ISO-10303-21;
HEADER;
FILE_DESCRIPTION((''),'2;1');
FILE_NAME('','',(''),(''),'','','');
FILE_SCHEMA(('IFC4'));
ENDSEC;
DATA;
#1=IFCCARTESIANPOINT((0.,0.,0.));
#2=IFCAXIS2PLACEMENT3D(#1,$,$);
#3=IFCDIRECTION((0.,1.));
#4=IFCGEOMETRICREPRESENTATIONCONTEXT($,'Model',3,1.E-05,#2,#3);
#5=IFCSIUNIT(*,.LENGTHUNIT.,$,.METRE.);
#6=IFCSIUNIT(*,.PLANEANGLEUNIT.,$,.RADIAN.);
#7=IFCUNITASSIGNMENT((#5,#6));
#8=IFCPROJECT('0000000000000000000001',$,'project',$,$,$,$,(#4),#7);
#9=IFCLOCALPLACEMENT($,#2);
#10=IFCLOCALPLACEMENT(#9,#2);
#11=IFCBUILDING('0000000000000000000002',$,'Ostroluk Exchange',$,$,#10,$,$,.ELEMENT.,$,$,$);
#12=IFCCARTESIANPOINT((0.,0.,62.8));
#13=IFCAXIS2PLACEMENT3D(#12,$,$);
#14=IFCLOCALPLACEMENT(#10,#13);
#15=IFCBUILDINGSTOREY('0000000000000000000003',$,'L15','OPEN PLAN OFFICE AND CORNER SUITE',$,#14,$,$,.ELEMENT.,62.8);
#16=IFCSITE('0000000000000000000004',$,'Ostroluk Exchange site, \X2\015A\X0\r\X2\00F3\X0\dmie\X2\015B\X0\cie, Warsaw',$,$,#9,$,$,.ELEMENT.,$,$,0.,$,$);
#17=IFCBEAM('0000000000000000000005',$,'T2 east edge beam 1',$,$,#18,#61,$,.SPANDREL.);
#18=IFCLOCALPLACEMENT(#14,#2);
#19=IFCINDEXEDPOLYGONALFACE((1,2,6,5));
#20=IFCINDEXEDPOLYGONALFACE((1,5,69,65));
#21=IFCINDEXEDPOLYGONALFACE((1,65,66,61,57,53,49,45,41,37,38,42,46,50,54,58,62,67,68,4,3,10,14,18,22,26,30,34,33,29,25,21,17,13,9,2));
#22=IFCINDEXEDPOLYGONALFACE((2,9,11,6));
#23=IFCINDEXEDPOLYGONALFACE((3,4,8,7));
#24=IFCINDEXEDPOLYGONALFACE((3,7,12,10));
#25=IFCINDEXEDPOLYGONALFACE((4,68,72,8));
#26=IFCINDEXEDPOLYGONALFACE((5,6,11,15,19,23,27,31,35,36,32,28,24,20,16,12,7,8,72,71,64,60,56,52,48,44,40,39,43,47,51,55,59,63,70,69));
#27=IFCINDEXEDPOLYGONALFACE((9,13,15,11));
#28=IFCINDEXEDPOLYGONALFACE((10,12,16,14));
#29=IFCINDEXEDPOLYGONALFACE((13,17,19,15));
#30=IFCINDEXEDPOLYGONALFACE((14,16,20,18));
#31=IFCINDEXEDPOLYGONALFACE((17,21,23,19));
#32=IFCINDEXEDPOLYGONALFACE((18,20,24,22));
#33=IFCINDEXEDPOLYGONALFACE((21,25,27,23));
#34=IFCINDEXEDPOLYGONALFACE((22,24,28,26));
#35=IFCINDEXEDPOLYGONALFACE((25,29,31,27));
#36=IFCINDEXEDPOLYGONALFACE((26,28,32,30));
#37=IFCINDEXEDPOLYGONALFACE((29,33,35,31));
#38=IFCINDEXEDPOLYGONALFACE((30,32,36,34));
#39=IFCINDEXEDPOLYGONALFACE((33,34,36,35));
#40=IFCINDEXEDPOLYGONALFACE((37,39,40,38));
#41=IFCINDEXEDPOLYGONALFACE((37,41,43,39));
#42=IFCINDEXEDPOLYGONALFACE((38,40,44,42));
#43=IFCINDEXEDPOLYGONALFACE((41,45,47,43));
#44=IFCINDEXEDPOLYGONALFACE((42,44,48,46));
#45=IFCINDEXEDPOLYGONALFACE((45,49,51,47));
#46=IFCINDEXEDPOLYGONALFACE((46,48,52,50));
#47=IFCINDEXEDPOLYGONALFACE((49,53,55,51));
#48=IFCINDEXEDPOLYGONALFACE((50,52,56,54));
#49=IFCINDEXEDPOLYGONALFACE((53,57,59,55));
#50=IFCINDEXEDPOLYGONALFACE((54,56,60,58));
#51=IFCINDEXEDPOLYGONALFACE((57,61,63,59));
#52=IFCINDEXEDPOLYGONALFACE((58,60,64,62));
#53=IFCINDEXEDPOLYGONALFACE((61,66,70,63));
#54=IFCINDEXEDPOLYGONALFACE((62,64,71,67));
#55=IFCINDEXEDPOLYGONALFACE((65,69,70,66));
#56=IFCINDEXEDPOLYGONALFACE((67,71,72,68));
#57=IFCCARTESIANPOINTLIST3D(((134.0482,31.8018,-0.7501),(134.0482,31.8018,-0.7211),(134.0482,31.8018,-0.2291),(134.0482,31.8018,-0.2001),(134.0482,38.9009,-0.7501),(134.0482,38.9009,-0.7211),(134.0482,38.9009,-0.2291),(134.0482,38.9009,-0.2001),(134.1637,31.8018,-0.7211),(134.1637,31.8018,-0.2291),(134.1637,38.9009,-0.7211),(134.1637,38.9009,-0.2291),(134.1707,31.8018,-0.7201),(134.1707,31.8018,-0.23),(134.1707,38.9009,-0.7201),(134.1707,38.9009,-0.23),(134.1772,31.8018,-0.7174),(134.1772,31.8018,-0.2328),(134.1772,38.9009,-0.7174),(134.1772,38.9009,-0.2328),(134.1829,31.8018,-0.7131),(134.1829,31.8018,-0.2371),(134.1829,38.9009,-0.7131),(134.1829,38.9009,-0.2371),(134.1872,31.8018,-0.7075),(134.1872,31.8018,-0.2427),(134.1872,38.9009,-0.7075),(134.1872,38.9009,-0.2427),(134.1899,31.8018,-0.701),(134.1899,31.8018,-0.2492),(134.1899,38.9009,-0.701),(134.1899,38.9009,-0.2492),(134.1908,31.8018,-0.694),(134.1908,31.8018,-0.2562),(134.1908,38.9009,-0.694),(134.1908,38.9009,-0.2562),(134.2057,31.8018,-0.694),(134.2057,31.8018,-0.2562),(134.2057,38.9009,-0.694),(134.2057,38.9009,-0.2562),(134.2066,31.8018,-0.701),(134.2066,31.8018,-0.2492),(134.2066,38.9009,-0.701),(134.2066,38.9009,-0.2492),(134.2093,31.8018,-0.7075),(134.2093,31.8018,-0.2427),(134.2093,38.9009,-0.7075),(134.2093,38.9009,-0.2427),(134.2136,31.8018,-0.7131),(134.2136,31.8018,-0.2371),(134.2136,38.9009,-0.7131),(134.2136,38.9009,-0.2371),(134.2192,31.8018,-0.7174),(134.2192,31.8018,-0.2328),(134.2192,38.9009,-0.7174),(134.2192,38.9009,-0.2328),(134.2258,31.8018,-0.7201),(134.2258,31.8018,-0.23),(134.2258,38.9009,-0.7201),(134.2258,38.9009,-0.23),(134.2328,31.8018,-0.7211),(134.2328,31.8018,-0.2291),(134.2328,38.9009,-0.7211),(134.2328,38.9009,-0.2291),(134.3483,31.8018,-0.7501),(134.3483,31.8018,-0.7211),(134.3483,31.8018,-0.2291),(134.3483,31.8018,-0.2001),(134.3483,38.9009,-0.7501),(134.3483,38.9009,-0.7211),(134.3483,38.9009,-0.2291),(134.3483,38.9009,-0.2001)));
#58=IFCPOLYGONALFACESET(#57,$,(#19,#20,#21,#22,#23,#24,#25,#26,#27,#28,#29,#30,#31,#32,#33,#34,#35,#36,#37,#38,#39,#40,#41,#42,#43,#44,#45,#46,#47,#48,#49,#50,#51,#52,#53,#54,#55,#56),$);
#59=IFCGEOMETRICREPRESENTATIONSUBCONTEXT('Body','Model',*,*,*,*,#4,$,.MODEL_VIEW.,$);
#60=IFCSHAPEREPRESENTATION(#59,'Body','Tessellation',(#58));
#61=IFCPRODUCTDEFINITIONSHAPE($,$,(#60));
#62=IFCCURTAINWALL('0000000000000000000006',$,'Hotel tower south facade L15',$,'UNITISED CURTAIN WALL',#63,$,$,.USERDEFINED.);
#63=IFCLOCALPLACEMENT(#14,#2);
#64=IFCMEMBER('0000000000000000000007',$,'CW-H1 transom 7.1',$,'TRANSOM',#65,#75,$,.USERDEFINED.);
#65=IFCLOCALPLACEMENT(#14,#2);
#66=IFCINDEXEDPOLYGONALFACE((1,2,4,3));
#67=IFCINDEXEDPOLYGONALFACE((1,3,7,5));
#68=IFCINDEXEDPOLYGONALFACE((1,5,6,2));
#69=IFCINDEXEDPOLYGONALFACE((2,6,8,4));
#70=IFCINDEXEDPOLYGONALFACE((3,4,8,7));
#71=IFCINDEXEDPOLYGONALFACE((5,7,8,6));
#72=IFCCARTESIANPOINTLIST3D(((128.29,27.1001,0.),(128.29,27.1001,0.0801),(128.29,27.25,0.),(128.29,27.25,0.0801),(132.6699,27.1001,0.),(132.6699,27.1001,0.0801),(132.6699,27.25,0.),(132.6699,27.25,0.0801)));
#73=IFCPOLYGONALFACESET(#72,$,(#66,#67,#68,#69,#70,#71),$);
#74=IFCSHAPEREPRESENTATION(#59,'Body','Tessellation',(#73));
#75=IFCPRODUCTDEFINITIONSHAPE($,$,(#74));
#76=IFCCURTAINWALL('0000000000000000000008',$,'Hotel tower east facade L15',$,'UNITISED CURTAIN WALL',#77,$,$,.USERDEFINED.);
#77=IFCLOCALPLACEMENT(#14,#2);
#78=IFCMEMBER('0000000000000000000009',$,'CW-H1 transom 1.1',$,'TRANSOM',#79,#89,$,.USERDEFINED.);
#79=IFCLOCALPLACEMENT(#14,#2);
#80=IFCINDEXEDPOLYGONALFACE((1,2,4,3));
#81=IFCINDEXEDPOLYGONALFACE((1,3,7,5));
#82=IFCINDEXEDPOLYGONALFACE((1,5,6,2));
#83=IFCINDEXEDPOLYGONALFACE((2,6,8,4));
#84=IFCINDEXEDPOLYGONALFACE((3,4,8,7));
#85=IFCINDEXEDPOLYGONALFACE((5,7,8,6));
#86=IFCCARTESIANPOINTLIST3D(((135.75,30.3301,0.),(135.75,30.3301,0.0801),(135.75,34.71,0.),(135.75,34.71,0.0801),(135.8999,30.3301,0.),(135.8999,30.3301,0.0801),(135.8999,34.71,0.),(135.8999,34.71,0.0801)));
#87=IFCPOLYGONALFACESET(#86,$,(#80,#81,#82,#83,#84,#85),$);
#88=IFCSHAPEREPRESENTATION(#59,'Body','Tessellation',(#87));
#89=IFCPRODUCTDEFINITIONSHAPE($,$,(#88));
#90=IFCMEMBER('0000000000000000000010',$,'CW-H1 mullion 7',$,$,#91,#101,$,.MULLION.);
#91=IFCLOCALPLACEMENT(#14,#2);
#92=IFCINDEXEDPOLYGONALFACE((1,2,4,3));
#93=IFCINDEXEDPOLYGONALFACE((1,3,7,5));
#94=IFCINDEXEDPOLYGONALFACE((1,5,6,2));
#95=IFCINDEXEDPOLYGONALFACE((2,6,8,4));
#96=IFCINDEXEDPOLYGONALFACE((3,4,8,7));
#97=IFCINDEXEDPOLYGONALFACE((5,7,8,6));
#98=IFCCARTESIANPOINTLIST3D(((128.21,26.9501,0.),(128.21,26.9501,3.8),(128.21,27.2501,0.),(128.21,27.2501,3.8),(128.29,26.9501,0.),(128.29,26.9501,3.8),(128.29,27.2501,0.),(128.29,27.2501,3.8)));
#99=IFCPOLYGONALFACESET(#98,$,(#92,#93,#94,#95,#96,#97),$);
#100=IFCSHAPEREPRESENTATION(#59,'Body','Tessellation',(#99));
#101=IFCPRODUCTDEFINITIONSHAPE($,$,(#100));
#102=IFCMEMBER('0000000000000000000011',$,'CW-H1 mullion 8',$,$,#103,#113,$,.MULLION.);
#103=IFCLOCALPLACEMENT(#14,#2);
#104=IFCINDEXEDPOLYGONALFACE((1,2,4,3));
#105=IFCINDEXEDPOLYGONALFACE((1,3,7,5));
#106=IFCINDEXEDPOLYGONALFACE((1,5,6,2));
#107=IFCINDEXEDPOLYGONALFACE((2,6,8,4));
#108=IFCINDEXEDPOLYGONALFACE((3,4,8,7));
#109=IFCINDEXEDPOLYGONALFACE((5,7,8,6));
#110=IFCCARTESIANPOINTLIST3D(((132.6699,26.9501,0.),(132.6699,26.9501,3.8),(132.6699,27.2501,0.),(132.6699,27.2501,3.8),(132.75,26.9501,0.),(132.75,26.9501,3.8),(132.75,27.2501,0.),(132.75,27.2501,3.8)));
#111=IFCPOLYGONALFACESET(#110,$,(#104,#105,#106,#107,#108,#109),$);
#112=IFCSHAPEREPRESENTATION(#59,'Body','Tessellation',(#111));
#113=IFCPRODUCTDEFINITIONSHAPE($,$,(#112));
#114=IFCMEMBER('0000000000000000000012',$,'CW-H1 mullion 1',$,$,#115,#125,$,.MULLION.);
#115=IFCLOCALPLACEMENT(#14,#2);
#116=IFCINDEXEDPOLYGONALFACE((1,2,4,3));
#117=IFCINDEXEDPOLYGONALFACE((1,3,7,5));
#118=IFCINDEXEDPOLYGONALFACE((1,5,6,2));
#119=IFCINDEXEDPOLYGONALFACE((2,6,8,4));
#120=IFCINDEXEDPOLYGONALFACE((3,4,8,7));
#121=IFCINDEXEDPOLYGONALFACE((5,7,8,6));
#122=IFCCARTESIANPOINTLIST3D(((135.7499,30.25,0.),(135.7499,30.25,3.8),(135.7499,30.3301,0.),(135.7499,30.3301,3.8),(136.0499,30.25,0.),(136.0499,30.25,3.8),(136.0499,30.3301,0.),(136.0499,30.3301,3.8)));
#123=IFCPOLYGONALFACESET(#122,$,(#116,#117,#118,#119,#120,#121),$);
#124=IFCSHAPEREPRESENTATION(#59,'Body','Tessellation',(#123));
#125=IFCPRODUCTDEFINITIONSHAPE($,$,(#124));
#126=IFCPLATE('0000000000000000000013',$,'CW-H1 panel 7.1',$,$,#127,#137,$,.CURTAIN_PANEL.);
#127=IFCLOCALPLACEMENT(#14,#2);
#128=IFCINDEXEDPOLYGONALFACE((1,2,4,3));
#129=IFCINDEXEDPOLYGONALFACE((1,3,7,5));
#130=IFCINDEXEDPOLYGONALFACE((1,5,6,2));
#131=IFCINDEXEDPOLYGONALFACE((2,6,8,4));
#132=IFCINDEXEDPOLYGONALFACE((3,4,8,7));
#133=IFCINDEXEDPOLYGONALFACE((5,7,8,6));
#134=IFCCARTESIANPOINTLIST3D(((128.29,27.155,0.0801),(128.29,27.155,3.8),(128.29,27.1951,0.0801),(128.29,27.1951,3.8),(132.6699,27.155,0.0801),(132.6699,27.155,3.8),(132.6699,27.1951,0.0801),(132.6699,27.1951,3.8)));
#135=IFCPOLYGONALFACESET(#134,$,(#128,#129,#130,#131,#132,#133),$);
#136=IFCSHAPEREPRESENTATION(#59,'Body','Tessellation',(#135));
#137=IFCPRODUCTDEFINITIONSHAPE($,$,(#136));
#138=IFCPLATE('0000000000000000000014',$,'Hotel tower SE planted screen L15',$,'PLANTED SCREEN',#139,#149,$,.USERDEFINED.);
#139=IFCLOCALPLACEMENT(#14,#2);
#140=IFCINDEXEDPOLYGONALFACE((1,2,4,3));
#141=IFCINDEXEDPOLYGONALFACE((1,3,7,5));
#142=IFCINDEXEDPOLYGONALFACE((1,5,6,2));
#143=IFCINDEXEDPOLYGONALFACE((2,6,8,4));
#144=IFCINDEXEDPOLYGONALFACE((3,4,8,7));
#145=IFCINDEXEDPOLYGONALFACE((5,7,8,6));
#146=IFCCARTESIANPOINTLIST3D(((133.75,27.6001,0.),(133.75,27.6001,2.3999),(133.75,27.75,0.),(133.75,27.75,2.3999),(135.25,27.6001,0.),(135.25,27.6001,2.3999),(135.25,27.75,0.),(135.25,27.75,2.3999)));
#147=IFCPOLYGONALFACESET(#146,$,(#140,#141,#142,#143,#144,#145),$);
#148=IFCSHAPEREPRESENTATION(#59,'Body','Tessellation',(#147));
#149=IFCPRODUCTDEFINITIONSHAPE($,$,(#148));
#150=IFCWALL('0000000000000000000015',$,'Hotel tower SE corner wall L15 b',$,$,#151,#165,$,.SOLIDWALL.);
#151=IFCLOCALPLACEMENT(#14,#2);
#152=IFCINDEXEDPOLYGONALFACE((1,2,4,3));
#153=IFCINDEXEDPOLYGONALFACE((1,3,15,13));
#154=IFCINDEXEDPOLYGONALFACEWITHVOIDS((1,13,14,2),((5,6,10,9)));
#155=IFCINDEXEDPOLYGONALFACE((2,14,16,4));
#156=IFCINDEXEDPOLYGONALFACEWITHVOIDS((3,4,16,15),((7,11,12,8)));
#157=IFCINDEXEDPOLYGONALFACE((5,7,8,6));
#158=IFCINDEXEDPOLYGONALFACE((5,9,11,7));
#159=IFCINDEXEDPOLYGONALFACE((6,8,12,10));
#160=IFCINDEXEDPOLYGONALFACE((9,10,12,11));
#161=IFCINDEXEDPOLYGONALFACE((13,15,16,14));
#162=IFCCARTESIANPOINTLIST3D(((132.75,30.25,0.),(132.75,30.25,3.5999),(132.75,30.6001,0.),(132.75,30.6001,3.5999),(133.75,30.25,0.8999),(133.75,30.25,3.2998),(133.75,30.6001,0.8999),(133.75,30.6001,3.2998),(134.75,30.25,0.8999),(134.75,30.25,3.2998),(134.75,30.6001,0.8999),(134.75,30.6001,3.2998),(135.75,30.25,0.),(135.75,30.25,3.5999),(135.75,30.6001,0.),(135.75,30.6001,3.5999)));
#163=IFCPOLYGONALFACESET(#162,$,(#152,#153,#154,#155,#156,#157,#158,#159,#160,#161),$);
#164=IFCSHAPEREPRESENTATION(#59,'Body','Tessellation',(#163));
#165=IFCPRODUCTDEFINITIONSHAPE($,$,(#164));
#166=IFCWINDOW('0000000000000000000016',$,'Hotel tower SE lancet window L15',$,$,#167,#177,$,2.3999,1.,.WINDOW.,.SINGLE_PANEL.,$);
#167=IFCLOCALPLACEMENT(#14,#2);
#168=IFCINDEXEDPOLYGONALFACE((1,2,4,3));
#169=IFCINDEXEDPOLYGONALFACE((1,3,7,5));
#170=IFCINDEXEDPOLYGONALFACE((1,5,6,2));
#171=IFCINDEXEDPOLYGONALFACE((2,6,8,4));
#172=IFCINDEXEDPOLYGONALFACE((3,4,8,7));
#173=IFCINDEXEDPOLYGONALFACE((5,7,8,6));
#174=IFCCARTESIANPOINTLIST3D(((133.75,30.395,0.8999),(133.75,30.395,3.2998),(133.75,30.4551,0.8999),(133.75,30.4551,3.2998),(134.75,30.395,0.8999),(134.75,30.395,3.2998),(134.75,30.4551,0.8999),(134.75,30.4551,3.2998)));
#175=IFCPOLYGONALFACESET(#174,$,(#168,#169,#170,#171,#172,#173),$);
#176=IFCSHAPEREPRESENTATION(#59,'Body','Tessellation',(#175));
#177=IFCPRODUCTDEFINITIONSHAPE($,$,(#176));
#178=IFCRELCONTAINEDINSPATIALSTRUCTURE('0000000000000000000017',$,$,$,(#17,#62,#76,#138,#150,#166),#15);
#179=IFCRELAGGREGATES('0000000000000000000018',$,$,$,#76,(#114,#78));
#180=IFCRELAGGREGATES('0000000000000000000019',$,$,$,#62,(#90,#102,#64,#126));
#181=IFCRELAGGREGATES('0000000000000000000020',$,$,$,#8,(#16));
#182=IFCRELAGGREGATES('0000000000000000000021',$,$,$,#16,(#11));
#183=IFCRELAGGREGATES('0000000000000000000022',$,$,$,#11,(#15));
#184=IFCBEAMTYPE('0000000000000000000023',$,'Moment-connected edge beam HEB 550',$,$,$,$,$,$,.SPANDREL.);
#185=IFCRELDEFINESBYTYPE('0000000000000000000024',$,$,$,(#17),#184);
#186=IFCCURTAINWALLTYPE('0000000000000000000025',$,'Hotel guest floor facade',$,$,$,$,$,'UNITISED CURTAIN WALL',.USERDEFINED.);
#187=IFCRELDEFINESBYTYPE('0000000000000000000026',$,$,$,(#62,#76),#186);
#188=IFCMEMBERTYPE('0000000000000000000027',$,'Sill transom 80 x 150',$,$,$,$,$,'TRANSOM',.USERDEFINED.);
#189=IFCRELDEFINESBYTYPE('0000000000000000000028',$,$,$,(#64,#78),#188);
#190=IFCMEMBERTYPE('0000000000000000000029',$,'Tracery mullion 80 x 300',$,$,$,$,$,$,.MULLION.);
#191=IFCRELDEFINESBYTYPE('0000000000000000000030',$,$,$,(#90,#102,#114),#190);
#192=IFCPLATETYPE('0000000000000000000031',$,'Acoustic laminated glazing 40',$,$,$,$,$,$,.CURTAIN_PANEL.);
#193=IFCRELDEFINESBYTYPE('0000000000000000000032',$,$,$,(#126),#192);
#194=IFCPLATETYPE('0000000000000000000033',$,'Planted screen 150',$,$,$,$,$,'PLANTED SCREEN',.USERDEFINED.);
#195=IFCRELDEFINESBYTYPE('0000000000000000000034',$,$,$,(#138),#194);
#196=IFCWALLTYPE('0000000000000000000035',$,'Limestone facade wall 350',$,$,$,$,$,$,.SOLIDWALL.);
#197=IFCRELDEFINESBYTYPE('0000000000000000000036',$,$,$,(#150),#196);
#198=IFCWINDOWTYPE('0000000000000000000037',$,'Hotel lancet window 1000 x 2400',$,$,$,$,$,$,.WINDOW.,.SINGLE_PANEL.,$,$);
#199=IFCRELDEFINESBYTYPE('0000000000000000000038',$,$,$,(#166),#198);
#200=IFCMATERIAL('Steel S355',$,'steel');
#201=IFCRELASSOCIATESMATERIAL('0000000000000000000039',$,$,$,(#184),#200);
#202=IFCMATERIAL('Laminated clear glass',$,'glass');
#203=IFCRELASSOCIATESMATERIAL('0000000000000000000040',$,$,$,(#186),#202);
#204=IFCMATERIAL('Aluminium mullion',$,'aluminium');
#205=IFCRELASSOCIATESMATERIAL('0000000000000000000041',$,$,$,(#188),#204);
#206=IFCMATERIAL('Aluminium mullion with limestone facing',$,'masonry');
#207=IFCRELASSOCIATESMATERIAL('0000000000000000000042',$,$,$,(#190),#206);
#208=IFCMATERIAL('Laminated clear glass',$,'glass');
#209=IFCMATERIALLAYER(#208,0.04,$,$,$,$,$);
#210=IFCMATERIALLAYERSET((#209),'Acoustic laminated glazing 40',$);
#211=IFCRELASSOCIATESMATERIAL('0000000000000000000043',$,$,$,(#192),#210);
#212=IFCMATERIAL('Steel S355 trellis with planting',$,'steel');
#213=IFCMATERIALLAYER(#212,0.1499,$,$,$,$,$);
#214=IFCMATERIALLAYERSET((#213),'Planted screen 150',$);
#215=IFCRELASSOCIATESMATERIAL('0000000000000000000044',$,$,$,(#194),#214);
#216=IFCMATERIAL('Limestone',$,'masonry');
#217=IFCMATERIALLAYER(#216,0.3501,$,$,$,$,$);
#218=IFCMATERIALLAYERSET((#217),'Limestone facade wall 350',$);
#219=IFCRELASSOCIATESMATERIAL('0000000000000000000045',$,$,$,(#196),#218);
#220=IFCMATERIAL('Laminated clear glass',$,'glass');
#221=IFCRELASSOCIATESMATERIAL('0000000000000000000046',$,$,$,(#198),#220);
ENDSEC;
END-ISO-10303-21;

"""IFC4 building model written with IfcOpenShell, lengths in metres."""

from ifc_helpers import new_model, si_unit, direction, frame, frame_2d, origin, origin_2d, place, context, subcontext, project, spatial, rectangle, i_section, extrude, material, layer, layer_set, material_profile, profile_set, type_object, element, fill, aggregate, save


model = new_model("IFC4")

# Units and contexts
model_context = context("Model", 3, precision=1e-05, world=origin(), true_north=direction((0.0, 1.0)))
body_context = subcontext(model_context, "Body", "Model", "MODEL_VIEW")
ifc_project = project(units=[si_unit("LENGTHUNIT", "METRE"), si_unit("PLANEANGLEUNIT", "RADIAN")], contexts=[model_context])

# Site, building, storey
site_placement = place(None, origin())
site = spatial("IfcSite", under=ifc_project, at=site_placement, Name="Ostroluk Exchange site, Śródmieście, Warsaw", CompositionType="ELEMENT", RefElevation=0.0)
building_placement = place(site_placement, origin())
building = spatial("IfcBuilding", under=site, at=building_placement, Name="Ostroluk Exchange", CompositionType="ELEMENT")
storey_placement = place(building_placement, frame((0.0, 0.0, 62.8)))
storey = spatial("IfcBuildingStorey", under=building, at=storey_placement, Name="L15", Description="OPEN PLAN OFFICE AND CORNER SUITE", CompositionType="ELEMENT", Elevation=62.8)

# Beam
ifc_material_1 = material(Name="Steel S355", Category="steel")
ifc_material_profile_1 = material_profile(ifc_material_1, i_section(OverallWidth=0.3, OverallDepth=0.55, WebThickness=0.0149, FlangeThickness=0.0291, FilletRadius=0.0271, at=origin_2d()), Name="HEB 550")
ifc_profile_set_1 = profile_set([ifc_material_profile_1], Name="Steel S355")
beam_type_1 = type_object("IfcBeamType", Name="Moment-connected edge beam HEB 550", PredefinedType="SPANDREL", material=ifc_profile_set_1)
beam_placement = place(storey_placement, frame((134.1982, 31.8018, -0.4751), z_axis=(0.0, 1.0, 0.0), x_axis=(-1.0, 0.0, 0.0)))
element("IfcBeam", 1, at=beam_placement, inside=storey, type_object=beam_type_1, Name="T2 east edge beam 1", PredefinedType="SPANDREL", context=body_context, shape_type="SweptSolid", body=[
    extrude(i_section(OverallWidth=0.3, OverallDepth=0.55, WebThickness=0.0149, FlangeThickness=0.0291, FilletRadius=0.0271, at=origin_2d()), origin(), (0.0, 0.0, 1.0), 7.0991),
])

# Curtain walls, members
ifc_material_2 = material(Name="Laminated clear glass", Category="glass")
curtain_wall_type = type_object("IfcCurtainWallType", Name="Hotel guest floor facade", ElementType="UNITISED CURTAIN WALL", PredefinedType="USERDEFINED", material=ifc_material_2)
curtain_wall_1_placement = place(storey_placement, origin())
curtain_wall_1 = element("IfcCurtainWall", 2, at=curtain_wall_1_placement, inside=storey, type_object=curtain_wall_type, Name="Hotel tower south facade L15", ObjectType="UNITISED CURTAIN WALL", PredefinedType="USERDEFINED")
ifc_material_3 = material(Name="Aluminium mullion", Category="aluminium")
ifc_material_profile_2 = material_profile(ifc_material_3, rectangle(XDim=0.1499, YDim=0.0801, at=origin_2d()), Name="Sill transom 80 x 150")
ifc_profile_set_2 = profile_set([ifc_material_profile_2], Name="Aluminium mullion")
member_type_1 = type_object("IfcMemberType", Name="Sill transom 80 x 150", ElementType="TRANSOM", PredefinedType="USERDEFINED", material=ifc_profile_set_2)
member_1_placement = place(storey_placement, frame((128.29, 27.175, 0.04), z_axis=(1.0, 0.0, 0.0), x_axis=(0.0, 1.0, 0.0)))
member_1 = element("IfcMember", 3, at=member_1_placement, type_object=member_type_1, Name="CW-H1 transom 7.1", ObjectType="TRANSOM", PredefinedType="USERDEFINED", context=body_context, shape_type="SweptSolid", body=[
    extrude(rectangle(XDim=0.1499, YDim=0.0801, at=origin_2d()), origin(), (0.0, 0.0, 1.0), 4.3799),
])
curtain_wall_2_placement = place(storey_placement, origin())
curtain_wall_2 = element("IfcCurtainWall", 4, at=curtain_wall_2_placement, inside=storey, type_object=curtain_wall_type, Name="Hotel tower east facade L15", ObjectType="UNITISED CURTAIN WALL", PredefinedType="USERDEFINED")
member_2_placement = place(storey_placement, frame((135.825, 30.3301, 0.04), z_axis=(0.0, 1.0, 0.0), x_axis=(-1.0, 0.0, 0.0)))
member_2 = element("IfcMember", 5, at=member_2_placement, type_object=member_type_1, Name="CW-H1 transom 1.1", ObjectType="TRANSOM", PredefinedType="USERDEFINED", context=body_context, shape_type="SweptSolid", body=[
    extrude(rectangle(XDim=0.1499, YDim=0.0801, at=origin_2d()), origin(), (0.0, 0.0, 1.0), 4.3799),
])

# Members
ifc_material_4 = material(Name="Aluminium mullion with limestone facing", Category="masonry")
ifc_material_profile_3 = material_profile(ifc_material_4, rectangle(XDim=0.3, YDim=0.0801, at=origin_2d()), Name="Tracery mullion 80 x 300")
ifc_profile_set_3 = profile_set([ifc_material_profile_3], Name="Aluminium mullion with limestone facing")
member_type_2 = type_object("IfcMemberType", Name="Tracery mullion 80 x 300", PredefinedType="MULLION", material=ifc_profile_set_3)
member_3_placement = place(storey_placement, frame((128.25, 27.1001, 0.0), z_axis=(0.0, 0.0, 1.0), x_axis=(0.0, 1.0, 0.0)))
member_3 = element("IfcMember", 6, at=member_3_placement, type_object=member_type_2, Name="CW-H1 mullion 7", PredefinedType="MULLION", context=body_context, shape_type="SweptSolid", body=[
    extrude(rectangle(XDim=0.3, YDim=0.0801, at=origin_2d()), origin(), (0.0, 0.0, 1.0), 3.8),
])
member_4_placement = place(storey_placement, frame((132.71, 27.1001, 0.0), z_axis=(0.0, 0.0, 1.0), x_axis=(0.0, 1.0, 0.0)))
member_4 = element("IfcMember", 7, at=member_4_placement, type_object=member_type_2, Name="CW-H1 mullion 8", PredefinedType="MULLION", context=body_context, shape_type="SweptSolid", body=[
    extrude(rectangle(XDim=0.3, YDim=0.0801, at=origin_2d()), origin(), (0.0, 0.0, 1.0), 3.8),
])
member_5_placement = place(storey_placement, frame((135.8999, 30.29, 0.0), z_axis=(0.0, 0.0, 1.0), x_axis=(-1.0, 0.0, 0.0)))
member_5 = element("IfcMember", 8, at=member_5_placement, type_object=member_type_2, Name="CW-H1 mullion 1", PredefinedType="MULLION", context=body_context, shape_type="SweptSolid", body=[
    extrude(rectangle(XDim=0.3, YDim=0.0801, at=origin_2d()), origin(), (0.0, 0.0, 1.0), 3.8),
])
aggregate(curtain_wall_2, [member_5, member_2])

# Plates
ifc_material_5 = material(Name="Laminated clear glass", Category="glass")
ifc_layer_1 = layer(ifc_material_5, 0.04)
ifc_layer_set_1 = layer_set([ifc_layer_1], Name="Acoustic laminated glazing 40")
plate_type_1 = type_object("IfcPlateType", Name="Acoustic laminated glazing 40", PredefinedType="CURTAIN_PANEL", material=ifc_layer_set_1)
plate_1_placement = place(storey_placement, frame((130.48, 27.175, 0.0801), z_axis=(0.0, 0.0, 1.0), x_axis=(1.0, 0.0, 0.0)))
plate_1 = element("IfcPlate", 9, at=plate_1_placement, type_object=plate_type_1, Name="CW-H1 panel 7.1", PredefinedType="CURTAIN_PANEL", context=body_context, shape_type="SweptSolid", body=[
    extrude(rectangle(XDim=4.3799, YDim=0.04, at=origin_2d()), origin(), (0.0, 0.0, 1.0), 3.72),
])
aggregate(curtain_wall_1, [member_3, member_4, member_1, plate_1])
ifc_material_6 = material(Name="Steel S355 trellis with planting", Category="steel")
ifc_layer_2 = layer(ifc_material_6, 0.1499)
ifc_layer_set_2 = layer_set([ifc_layer_2], Name="Planted screen 150")
plate_type_2 = type_object("IfcPlateType", Name="Planted screen 150", ElementType="PLANTED SCREEN", PredefinedType="USERDEFINED", material=ifc_layer_set_2)
plate_2_placement = place(storey_placement, frame((134.5, 27.675, 0.0), z_axis=(0.0, 0.0, 1.0), x_axis=(1.0, 0.0, 0.0)))
element("IfcPlate", 10, at=plate_2_placement, inside=storey, type_object=plate_type_2, Name="Hotel tower SE planted screen L15", ObjectType="PLANTED SCREEN", PredefinedType="USERDEFINED", context=body_context, shape_type="SweptSolid", body=[
    extrude(rectangle(XDim=1.5, YDim=0.1499, at=origin_2d()), origin(), (0.0, 0.0, 1.0), 2.3999),
])

# Shared definitions
ifc_material_7 = material(Name="Limestone", Category="masonry")
ifc_layer_3 = layer(ifc_material_7, 0.3501)
ifc_layer_set_3 = layer_set([ifc_layer_3], Name="Limestone facade wall 350")
wall_type = type_object("IfcWallType", Name="Limestone facade wall 350", PredefinedType="SOLIDWALL", material=ifc_layer_set_3)

# Wall, opening, window
wall_1_placement = place(storey_placement, frame((132.75, 30.425, 0.0), z_axis=(0.0, 0.0, 1.0), x_axis=(1.0, 0.0, 0.0)))
wall_1 = element("IfcWall", 11, at=wall_1_placement, inside=storey, type_object=wall_type, Name="Hotel tower SE corner wall L15 b", PredefinedType="SOLIDWALL", context=body_context, shape_type="SweptSolid", body=[
    extrude(rectangle(XDim=3.0, YDim=0.3501, at=frame_2d((1.5, 0.0))), origin(), (0.0, 0.0, 1.0), 3.5999),
])
opening_1_placement = place(wall_1_placement, frame((1.0, 0.0, 0.8999)))
opening_1 = element("IfcOpeningElement", 12, at=opening_1_placement, cuts=wall_1, PredefinedType="OPENING", context=body_context, shape_type="SweptSolid", body=[
    extrude(rectangle(XDim=1.0, YDim=2.3999, at=frame_2d((0.5, 1.2))), frame((0.0, 0.1851, 0.0), z_axis=(0.0, -1.0, 0.0), x_axis=(1.0, 0.0, 0.0)), (0.0, 0.0, 1.0), 0.3701),
])
ifc_material_8 = material(Name="Laminated clear glass", Category="glass")
window_type = type_object("IfcWindowType", Name="Hotel lancet window 1000 x 2400", PartitioningType="SINGLE_PANEL", PredefinedType="WINDOW", material=ifc_material_8)
window_placement = place(opening_1_placement, origin())
window = element("IfcWindow", 13, at=window_placement, inside=storey, type_object=window_type, Name="Hotel tower SE lancet window L15", OverallHeight=2.3999, OverallWidth=1.0, PartitioningType="SINGLE_PANEL", PredefinedType="WINDOW", context=body_context, shape_type="SweptSolid", body=[
    extrude(rectangle(XDim=1.0, YDim=2.3999, at=frame_2d((0.5, 1.2))), frame((0.0, 0.03, 0.0), z_axis=(0.0, -1.0, 0.0), x_axis=(1.0, 0.0, 0.0)), (0.0, 0.0, 1.0), 0.0601),
])
fill(opening_1, window)

save(model, "model.ifc")
